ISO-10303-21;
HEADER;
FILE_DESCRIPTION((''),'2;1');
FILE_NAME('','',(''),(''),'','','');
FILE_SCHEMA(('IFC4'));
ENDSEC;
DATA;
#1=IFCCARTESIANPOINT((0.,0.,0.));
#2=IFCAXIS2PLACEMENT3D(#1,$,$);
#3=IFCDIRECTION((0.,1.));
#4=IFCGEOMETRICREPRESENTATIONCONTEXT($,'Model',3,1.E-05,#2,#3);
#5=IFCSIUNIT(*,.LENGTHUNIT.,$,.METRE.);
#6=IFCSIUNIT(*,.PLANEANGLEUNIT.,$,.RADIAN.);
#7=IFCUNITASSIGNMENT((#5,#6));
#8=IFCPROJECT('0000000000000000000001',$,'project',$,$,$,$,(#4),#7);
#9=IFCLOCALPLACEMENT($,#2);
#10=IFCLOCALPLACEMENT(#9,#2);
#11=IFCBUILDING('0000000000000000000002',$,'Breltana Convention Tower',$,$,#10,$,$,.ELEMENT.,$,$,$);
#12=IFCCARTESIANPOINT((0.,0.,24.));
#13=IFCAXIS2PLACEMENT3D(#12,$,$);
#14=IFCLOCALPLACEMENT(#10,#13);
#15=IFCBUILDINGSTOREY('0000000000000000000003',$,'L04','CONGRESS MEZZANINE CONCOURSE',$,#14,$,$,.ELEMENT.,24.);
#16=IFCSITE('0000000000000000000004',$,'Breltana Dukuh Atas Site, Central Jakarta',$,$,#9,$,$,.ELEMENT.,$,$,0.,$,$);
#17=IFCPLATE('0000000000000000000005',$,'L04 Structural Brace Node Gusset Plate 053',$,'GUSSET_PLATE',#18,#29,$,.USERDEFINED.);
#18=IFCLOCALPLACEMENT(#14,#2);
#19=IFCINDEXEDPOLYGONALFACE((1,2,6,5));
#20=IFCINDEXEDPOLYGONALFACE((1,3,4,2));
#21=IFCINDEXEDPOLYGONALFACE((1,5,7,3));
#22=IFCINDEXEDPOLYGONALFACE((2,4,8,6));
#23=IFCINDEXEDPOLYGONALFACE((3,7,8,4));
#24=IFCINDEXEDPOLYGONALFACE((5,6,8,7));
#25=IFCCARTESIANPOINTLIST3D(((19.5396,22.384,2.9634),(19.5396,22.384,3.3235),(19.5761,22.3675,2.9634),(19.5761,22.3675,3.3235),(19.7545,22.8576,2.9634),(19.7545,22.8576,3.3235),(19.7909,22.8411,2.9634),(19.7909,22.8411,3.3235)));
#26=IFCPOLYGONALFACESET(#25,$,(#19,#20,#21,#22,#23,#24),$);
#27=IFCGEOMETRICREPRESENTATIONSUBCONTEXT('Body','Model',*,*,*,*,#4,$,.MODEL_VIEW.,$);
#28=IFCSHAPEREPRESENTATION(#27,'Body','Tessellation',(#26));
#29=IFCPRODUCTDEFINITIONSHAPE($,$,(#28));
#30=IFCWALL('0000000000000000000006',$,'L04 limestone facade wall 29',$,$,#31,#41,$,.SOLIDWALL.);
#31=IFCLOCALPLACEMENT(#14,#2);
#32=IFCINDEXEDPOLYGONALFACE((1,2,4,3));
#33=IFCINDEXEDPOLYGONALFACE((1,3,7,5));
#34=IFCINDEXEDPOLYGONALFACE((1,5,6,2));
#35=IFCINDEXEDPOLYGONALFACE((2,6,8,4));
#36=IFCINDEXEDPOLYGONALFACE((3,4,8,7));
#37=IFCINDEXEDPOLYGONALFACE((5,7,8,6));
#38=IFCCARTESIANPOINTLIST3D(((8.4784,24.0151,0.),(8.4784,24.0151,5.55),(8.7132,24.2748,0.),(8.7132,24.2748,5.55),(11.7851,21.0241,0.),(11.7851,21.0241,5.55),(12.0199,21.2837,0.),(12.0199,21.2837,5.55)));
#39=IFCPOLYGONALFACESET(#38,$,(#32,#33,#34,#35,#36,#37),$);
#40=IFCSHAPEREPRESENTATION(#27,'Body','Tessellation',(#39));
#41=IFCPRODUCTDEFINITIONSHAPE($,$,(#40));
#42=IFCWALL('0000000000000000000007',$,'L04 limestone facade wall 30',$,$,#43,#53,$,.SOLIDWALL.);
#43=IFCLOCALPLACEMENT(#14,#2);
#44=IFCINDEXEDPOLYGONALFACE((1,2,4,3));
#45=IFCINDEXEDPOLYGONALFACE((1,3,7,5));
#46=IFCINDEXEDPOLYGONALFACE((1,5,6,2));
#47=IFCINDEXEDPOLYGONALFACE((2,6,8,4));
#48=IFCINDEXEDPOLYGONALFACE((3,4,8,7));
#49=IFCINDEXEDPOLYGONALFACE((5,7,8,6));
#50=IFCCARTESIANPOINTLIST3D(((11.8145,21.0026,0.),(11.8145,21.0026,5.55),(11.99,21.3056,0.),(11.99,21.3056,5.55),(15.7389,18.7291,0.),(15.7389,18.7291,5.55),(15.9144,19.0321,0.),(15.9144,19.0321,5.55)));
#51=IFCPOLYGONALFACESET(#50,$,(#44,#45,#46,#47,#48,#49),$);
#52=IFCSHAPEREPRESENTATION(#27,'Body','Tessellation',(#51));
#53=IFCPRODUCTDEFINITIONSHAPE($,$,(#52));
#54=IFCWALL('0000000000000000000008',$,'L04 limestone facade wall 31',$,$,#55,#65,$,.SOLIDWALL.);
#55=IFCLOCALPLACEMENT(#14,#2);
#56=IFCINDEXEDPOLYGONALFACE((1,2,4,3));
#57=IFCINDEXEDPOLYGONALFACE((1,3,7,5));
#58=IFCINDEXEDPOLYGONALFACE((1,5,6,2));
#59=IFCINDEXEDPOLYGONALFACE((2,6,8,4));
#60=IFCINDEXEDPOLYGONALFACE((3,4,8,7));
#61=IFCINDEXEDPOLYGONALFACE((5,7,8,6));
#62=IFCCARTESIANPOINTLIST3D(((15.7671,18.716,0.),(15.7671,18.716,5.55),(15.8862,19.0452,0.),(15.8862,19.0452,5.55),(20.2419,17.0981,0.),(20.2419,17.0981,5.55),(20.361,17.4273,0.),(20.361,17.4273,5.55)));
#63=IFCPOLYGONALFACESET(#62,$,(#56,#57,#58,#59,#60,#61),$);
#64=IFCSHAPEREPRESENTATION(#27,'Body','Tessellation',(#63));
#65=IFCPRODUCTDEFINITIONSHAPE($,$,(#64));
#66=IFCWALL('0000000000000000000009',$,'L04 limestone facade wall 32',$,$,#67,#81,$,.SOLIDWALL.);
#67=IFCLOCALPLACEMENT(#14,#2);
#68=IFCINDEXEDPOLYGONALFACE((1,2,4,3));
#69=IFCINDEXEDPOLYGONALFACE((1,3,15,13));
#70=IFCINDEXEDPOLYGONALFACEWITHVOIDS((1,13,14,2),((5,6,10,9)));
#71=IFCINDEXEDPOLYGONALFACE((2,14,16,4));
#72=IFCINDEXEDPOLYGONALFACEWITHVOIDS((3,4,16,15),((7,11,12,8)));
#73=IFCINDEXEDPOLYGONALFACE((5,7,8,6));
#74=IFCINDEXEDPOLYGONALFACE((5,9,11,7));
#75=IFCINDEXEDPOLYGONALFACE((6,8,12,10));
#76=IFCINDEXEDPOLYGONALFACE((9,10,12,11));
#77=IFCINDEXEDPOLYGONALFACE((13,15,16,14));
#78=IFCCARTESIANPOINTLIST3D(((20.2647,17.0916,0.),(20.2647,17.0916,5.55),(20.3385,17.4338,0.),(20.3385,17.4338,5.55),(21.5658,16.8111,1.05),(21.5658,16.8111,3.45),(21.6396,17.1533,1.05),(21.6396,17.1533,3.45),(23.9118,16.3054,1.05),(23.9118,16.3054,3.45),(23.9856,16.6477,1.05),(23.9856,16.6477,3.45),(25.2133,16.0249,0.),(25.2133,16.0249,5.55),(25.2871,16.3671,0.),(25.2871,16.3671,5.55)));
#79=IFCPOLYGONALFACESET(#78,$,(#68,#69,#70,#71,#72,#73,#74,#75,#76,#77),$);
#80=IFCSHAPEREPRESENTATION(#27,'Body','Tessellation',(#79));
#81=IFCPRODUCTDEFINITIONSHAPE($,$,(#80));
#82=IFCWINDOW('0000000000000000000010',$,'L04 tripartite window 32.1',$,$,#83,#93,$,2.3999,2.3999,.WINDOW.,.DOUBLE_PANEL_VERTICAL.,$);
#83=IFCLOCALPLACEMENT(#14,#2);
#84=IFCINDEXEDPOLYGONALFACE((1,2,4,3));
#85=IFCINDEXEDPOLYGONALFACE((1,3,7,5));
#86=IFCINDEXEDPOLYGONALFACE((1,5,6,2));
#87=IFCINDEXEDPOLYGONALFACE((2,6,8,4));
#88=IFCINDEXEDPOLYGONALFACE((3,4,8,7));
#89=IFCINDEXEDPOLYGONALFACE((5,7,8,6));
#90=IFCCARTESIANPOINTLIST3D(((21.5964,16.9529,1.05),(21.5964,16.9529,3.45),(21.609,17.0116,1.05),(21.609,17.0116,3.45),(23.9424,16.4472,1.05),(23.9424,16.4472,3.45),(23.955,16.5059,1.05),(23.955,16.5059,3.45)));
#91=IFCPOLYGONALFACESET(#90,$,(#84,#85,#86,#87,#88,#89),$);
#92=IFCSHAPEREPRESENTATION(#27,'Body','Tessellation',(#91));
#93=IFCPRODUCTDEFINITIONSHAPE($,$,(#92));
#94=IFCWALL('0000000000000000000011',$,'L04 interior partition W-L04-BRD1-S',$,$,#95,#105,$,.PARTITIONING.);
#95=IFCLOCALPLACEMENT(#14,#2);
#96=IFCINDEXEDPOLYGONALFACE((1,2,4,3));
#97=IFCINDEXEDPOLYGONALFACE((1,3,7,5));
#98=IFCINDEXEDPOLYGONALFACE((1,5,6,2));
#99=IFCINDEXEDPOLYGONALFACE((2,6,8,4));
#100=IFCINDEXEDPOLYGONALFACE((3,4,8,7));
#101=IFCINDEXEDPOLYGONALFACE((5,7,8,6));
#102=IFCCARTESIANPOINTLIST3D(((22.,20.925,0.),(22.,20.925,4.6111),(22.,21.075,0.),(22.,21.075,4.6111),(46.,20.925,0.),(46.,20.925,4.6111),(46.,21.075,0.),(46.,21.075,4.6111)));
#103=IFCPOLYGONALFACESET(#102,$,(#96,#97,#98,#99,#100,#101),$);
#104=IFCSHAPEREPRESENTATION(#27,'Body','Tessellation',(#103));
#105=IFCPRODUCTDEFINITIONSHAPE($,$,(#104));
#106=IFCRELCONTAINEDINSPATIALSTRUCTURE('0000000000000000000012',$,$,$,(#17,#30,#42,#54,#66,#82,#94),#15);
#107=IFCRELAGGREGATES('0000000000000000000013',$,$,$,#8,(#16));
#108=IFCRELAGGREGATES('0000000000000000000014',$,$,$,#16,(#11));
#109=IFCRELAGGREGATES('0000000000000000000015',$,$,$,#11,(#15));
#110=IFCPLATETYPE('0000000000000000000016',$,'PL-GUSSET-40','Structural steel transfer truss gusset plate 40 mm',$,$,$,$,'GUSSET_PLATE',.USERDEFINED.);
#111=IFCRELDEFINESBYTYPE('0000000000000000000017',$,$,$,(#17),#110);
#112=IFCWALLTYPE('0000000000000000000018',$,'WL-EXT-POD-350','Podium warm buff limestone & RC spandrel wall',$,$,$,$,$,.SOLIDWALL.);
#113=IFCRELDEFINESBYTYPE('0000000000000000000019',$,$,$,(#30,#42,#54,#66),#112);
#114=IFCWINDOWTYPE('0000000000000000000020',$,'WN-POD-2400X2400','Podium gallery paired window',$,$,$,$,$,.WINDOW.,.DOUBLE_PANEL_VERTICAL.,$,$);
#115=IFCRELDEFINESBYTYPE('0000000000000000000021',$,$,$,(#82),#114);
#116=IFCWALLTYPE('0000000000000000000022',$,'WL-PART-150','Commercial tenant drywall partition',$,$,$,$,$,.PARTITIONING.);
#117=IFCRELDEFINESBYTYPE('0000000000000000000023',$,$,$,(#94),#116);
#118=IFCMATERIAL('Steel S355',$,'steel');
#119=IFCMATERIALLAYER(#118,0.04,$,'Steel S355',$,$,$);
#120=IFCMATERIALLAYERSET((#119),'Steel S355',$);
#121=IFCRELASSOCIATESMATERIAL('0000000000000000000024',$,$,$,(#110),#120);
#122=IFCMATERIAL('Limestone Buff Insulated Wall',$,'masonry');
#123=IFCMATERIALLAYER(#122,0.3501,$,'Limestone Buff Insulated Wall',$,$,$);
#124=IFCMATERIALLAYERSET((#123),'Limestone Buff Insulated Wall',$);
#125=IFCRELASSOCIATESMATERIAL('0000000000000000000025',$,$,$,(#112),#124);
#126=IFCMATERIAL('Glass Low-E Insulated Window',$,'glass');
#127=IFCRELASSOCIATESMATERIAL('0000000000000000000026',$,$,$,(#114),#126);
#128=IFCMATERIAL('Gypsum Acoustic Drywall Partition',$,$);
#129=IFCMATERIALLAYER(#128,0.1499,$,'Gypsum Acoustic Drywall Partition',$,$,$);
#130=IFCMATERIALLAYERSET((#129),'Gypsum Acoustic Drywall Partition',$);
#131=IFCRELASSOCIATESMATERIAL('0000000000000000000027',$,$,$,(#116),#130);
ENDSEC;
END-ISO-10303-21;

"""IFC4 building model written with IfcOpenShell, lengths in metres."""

from ifc_helpers import new_model, si_unit, direction, frame, frame_2d, origin, origin_2d, place, context, subcontext, project, spatial, rectangle, extrude, source, transform, mapped, material, layer, layer_set, type_object, type_shapes, element, fill, save


model = new_model("IFC4")

# Units and contexts
model_context = context("Model", 3, precision=1e-05, world=origin(), true_north=direction((0.0, 1.0)))
body_context = subcontext(model_context, "Body", "Model", "MODEL_VIEW")
ifc_project = project(units=[si_unit("LENGTHUNIT", "METRE"), si_unit("PLANEANGLEUNIT", "RADIAN")], contexts=[model_context])

# Site, building, storey
site_placement = place(None, origin())
site = spatial("IfcSite", under=ifc_project, at=site_placement, Name="Breltana Dukuh Atas Site, Central Jakarta", CompositionType="ELEMENT", RefElevation=0.0)
building_placement = place(site_placement, origin())
building = spatial("IfcBuilding", under=site, at=building_placement, Name="Breltana Convention Tower", CompositionType="ELEMENT")
storey_placement = place(building_placement, frame((0.0, 0.0, 24.0)))
storey = spatial("IfcBuildingStorey", under=building, at=storey_placement, Name="L04", Description="CONGRESS MEZZANINE CONCOURSE", CompositionType="ELEMENT", Elevation=24.0)

# Plate
ifc_material_1 = material(Name="Steel S355", Category="steel")
ifc_layer_1 = layer(ifc_material_1, 0.04, Name="Steel S355")
ifc_layer_set_1 = layer_set([ifc_layer_1], Name="Steel S355")
plate_type = type_object("IfcPlateType", Name="PL-GUSSET-40", Description="Structural steel transfer truss gusset plate 40 mm", ElementType="GUSSET_PLATE", PredefinedType="USERDEFINED", material=ifc_layer_set_1)
shared_shape_1 = source(origin(), body_context, "Body", "SweptSolid", [
    extrude(rectangle(XDim=0.52, YDim=0.04, at=origin_2d()), origin(), (0.0, 0.0, 1.0), 0.3601),
])
plate_placement = place(storey_placement, frame((19.6653, 22.6125, 2.9634), z_axis=(0.0, 0.0, 1.0), x_axis=(0.413104, 0.910684, 0.0)))
element("IfcPlate", 1, at=plate_placement, inside=storey, type_object=plate_type, Name="L04 Structural Brace Node Gusset Plate 053", ObjectType="GUSSET_PLATE", PredefinedType="USERDEFINED", context=body_context, shape_type="MappedRepresentation", body=[
    mapped(shared_shape_1, transform((0.0, 0.0, 0.0), scale=1.0)),
])

# Walls
ifc_material_2 = material(Name="Limestone Buff Insulated Wall", Category="masonry")
ifc_layer_2 = layer(ifc_material_2, 0.3501, Name="Limestone Buff Insulated Wall")
ifc_layer_set_2 = layer_set([ifc_layer_2], Name="Limestone Buff Insulated Wall")
wall_type_1 = type_object("IfcWallType", Name="WL-EXT-POD-350", Description="Podium warm buff limestone & RC spandrel wall", PredefinedType="SOLIDWALL", material=ifc_layer_set_2)
shared_shape_2 = source(origin(), body_context, "Body", "SweptSolid", [
    extrude(rectangle(XDim=4.4587, YDim=0.3501, at=frame_2d((2.2295, 0.0))), origin(), (0.0, 0.0, 1.0), 5.55),
])
wall_1_placement = place(storey_placement, frame((8.5957, 24.145, 0.0), z_axis=(0.0, 0.0, 1.0), x_axis=(0.74162, -0.67082, 0.0)))
element("IfcWall", 2, at=wall_1_placement, inside=storey, type_object=wall_type_1, Name="L04 limestone facade wall 29", PredefinedType="SOLIDWALL", context=body_context, shape_type="MappedRepresentation", body=[
    mapped(shared_shape_2, transform((0.0, 0.0, 0.0), scale=1.0)),
])
shared_shape_3 = source(origin(), body_context, "Body", "SweptSolid", [
    extrude(rectangle(XDim=4.5354, YDim=0.3501, at=frame_2d((2.2676, 0.0))), origin(), (0.0, 0.0, 1.0), 5.55),
])
wall_2_placement = place(storey_placement, frame((11.9023, 21.1541, 0.0), z_axis=(0.0, 0.0, 1.0), x_axis=(0.865286, -0.501278, 0.0)))
element("IfcWall", 3, at=wall_2_placement, inside=storey, type_object=wall_type_1, Name="L04 limestone facade wall 30", PredefinedType="SOLIDWALL", context=body_context, shape_type="MappedRepresentation", body=[
    mapped(shared_shape_3, transform((0.0, 0.0, 0.0), scale=1.0)),
])
shared_shape_4 = source(origin(), body_context, "Body", "SweptSolid", [
    extrude(rectangle(XDim=4.7583, YDim=0.3501, at=frame_2d((2.3792, 0.0))), origin(), (0.0, 0.0, 1.0), 5.55),
])
wall_3_placement = place(storey_placement, frame((15.8267, 18.8806, 0.0), z_axis=(0.0, 0.0, 1.0), x_axis=(0.94042, -0.340016, 0.0)))
element("IfcWall", 4, at=wall_3_placement, inside=storey, type_object=wall_type_1, Name="L04 limestone facade wall 31", PredefinedType="SOLIDWALL", context=body_context, shape_type="MappedRepresentation", body=[
    mapped(shared_shape_4, transform((0.0, 0.0, 0.0), scale=1.0)),
])

# Wall, opening, window
shared_shape_5 = source(origin(), body_context, "Body", "SweptSolid", [
    extrude(rectangle(XDim=5.0623, YDim=0.3501, at=frame_2d((2.5312, 0.0))), origin(), (0.0, 0.0, 1.0), 5.55),
])
wall_4_placement = place(storey_placement, frame((20.3015, 17.2627, 0.0), z_axis=(0.0, 0.0, 1.0), x_axis=(0.977548, -0.210711, 0.0)))
wall_4 = element("IfcWall", 5, at=wall_4_placement, inside=storey, type_object=wall_type_1, Name="L04 limestone facade wall 32", PredefinedType="SOLIDWALL", context=body_context, shape_type="MappedRepresentation", body=[
    mapped(shared_shape_5, transform((0.0, 0.0, 0.0), scale=1.0)),
])
opening_placement = place(wall_4_placement, frame((1.3311, 0.0, 1.05)))
opening = element("IfcOpeningElement", 6, at=opening_placement, cuts=wall_4, PredefinedType="OPENING", context=body_context, shape_type="SweptSolid", body=[
    extrude(rectangle(XDim=2.3999, YDim=2.3999, at=frame_2d((1.2, 1.2))), frame((0.0, 0.1851, 0.0), z_axis=(0.0, -1.0, 0.0), x_axis=(1.0, 0.0, 0.0)), (0.0, 0.0, 1.0), 0.3701),
])
ifc_material_3 = material(Name="Glass Low-E Insulated Window", Category="glass")
window_type = type_object("IfcWindowType", Name="WN-POD-2400X2400", Description="Podium gallery paired window", PartitioningType="DOUBLE_PANEL_VERTICAL", PredefinedType="WINDOW", material=ifc_material_3)
shared_shape_6 = source(origin(), body_context, "Body", "SweptSolid", [
    extrude(rectangle(XDim=2.3999, YDim=2.3999, at=frame_2d((1.2, 1.2))), frame((0.0, 0.03, 0.0), z_axis=(0.0, -1.0, 0.0), x_axis=(1.0, 0.0, 0.0)), (0.0, 0.0, 1.0), 0.0601),
])
type_shapes(window_type, [shared_shape_6])
window_placement = place(opening_placement, origin())
window = element("IfcWindow", 7, at=window_placement, inside=storey, type_object=window_type, Name="L04 tripartite window 32.1", OverallHeight=2.3999, OverallWidth=2.3999, PartitioningType="DOUBLE_PANEL_VERTICAL", PredefinedType="WINDOW", context=body_context, shape_type="MappedRepresentation", body=[
    mapped(shared_shape_6, transform((0.0, 0.0, 0.0), scale=1.0)),
])
fill(opening, window)

# Wall
ifc_material_4 = material(Name="Gypsum Acoustic Drywall Partition")
ifc_layer_3 = layer(ifc_material_4, 0.1499, Name="Gypsum Acoustic Drywall Partition")
ifc_layer_set_3 = layer_set([ifc_layer_3], Name="Gypsum Acoustic Drywall Partition")
wall_type_2 = type_object("IfcWallType", Name="WL-PART-150", Description="Commercial tenant drywall partition", PredefinedType="PARTITIONING", material=ifc_layer_set_3)
shared_shape_7 = source(origin(), body_context, "Body", "SweptSolid", [
    extrude(rectangle(XDim=24.0, YDim=0.1499, at=frame_2d((12.0, 0.0))), origin(), (0.0, 0.0, 1.0), 4.6111),
])
wall_5_placement = place(storey_placement, frame((22.0, 21.0, 0.0), z_axis=(0.0, 0.0, 1.0), x_axis=(1.0, 0.0, 0.0)))
element("IfcWall", 8, at=wall_5_placement, inside=storey, type_object=wall_type_2, Name="L04 interior partition W-L04-BRD1-S", PredefinedType="PARTITIONING", context=body_context, shape_type="MappedRepresentation", body=[
    mapped(shared_shape_7, transform((0.0, 0.0, 0.0), scale=1.0)),
])

save(model, "model.ifc")
